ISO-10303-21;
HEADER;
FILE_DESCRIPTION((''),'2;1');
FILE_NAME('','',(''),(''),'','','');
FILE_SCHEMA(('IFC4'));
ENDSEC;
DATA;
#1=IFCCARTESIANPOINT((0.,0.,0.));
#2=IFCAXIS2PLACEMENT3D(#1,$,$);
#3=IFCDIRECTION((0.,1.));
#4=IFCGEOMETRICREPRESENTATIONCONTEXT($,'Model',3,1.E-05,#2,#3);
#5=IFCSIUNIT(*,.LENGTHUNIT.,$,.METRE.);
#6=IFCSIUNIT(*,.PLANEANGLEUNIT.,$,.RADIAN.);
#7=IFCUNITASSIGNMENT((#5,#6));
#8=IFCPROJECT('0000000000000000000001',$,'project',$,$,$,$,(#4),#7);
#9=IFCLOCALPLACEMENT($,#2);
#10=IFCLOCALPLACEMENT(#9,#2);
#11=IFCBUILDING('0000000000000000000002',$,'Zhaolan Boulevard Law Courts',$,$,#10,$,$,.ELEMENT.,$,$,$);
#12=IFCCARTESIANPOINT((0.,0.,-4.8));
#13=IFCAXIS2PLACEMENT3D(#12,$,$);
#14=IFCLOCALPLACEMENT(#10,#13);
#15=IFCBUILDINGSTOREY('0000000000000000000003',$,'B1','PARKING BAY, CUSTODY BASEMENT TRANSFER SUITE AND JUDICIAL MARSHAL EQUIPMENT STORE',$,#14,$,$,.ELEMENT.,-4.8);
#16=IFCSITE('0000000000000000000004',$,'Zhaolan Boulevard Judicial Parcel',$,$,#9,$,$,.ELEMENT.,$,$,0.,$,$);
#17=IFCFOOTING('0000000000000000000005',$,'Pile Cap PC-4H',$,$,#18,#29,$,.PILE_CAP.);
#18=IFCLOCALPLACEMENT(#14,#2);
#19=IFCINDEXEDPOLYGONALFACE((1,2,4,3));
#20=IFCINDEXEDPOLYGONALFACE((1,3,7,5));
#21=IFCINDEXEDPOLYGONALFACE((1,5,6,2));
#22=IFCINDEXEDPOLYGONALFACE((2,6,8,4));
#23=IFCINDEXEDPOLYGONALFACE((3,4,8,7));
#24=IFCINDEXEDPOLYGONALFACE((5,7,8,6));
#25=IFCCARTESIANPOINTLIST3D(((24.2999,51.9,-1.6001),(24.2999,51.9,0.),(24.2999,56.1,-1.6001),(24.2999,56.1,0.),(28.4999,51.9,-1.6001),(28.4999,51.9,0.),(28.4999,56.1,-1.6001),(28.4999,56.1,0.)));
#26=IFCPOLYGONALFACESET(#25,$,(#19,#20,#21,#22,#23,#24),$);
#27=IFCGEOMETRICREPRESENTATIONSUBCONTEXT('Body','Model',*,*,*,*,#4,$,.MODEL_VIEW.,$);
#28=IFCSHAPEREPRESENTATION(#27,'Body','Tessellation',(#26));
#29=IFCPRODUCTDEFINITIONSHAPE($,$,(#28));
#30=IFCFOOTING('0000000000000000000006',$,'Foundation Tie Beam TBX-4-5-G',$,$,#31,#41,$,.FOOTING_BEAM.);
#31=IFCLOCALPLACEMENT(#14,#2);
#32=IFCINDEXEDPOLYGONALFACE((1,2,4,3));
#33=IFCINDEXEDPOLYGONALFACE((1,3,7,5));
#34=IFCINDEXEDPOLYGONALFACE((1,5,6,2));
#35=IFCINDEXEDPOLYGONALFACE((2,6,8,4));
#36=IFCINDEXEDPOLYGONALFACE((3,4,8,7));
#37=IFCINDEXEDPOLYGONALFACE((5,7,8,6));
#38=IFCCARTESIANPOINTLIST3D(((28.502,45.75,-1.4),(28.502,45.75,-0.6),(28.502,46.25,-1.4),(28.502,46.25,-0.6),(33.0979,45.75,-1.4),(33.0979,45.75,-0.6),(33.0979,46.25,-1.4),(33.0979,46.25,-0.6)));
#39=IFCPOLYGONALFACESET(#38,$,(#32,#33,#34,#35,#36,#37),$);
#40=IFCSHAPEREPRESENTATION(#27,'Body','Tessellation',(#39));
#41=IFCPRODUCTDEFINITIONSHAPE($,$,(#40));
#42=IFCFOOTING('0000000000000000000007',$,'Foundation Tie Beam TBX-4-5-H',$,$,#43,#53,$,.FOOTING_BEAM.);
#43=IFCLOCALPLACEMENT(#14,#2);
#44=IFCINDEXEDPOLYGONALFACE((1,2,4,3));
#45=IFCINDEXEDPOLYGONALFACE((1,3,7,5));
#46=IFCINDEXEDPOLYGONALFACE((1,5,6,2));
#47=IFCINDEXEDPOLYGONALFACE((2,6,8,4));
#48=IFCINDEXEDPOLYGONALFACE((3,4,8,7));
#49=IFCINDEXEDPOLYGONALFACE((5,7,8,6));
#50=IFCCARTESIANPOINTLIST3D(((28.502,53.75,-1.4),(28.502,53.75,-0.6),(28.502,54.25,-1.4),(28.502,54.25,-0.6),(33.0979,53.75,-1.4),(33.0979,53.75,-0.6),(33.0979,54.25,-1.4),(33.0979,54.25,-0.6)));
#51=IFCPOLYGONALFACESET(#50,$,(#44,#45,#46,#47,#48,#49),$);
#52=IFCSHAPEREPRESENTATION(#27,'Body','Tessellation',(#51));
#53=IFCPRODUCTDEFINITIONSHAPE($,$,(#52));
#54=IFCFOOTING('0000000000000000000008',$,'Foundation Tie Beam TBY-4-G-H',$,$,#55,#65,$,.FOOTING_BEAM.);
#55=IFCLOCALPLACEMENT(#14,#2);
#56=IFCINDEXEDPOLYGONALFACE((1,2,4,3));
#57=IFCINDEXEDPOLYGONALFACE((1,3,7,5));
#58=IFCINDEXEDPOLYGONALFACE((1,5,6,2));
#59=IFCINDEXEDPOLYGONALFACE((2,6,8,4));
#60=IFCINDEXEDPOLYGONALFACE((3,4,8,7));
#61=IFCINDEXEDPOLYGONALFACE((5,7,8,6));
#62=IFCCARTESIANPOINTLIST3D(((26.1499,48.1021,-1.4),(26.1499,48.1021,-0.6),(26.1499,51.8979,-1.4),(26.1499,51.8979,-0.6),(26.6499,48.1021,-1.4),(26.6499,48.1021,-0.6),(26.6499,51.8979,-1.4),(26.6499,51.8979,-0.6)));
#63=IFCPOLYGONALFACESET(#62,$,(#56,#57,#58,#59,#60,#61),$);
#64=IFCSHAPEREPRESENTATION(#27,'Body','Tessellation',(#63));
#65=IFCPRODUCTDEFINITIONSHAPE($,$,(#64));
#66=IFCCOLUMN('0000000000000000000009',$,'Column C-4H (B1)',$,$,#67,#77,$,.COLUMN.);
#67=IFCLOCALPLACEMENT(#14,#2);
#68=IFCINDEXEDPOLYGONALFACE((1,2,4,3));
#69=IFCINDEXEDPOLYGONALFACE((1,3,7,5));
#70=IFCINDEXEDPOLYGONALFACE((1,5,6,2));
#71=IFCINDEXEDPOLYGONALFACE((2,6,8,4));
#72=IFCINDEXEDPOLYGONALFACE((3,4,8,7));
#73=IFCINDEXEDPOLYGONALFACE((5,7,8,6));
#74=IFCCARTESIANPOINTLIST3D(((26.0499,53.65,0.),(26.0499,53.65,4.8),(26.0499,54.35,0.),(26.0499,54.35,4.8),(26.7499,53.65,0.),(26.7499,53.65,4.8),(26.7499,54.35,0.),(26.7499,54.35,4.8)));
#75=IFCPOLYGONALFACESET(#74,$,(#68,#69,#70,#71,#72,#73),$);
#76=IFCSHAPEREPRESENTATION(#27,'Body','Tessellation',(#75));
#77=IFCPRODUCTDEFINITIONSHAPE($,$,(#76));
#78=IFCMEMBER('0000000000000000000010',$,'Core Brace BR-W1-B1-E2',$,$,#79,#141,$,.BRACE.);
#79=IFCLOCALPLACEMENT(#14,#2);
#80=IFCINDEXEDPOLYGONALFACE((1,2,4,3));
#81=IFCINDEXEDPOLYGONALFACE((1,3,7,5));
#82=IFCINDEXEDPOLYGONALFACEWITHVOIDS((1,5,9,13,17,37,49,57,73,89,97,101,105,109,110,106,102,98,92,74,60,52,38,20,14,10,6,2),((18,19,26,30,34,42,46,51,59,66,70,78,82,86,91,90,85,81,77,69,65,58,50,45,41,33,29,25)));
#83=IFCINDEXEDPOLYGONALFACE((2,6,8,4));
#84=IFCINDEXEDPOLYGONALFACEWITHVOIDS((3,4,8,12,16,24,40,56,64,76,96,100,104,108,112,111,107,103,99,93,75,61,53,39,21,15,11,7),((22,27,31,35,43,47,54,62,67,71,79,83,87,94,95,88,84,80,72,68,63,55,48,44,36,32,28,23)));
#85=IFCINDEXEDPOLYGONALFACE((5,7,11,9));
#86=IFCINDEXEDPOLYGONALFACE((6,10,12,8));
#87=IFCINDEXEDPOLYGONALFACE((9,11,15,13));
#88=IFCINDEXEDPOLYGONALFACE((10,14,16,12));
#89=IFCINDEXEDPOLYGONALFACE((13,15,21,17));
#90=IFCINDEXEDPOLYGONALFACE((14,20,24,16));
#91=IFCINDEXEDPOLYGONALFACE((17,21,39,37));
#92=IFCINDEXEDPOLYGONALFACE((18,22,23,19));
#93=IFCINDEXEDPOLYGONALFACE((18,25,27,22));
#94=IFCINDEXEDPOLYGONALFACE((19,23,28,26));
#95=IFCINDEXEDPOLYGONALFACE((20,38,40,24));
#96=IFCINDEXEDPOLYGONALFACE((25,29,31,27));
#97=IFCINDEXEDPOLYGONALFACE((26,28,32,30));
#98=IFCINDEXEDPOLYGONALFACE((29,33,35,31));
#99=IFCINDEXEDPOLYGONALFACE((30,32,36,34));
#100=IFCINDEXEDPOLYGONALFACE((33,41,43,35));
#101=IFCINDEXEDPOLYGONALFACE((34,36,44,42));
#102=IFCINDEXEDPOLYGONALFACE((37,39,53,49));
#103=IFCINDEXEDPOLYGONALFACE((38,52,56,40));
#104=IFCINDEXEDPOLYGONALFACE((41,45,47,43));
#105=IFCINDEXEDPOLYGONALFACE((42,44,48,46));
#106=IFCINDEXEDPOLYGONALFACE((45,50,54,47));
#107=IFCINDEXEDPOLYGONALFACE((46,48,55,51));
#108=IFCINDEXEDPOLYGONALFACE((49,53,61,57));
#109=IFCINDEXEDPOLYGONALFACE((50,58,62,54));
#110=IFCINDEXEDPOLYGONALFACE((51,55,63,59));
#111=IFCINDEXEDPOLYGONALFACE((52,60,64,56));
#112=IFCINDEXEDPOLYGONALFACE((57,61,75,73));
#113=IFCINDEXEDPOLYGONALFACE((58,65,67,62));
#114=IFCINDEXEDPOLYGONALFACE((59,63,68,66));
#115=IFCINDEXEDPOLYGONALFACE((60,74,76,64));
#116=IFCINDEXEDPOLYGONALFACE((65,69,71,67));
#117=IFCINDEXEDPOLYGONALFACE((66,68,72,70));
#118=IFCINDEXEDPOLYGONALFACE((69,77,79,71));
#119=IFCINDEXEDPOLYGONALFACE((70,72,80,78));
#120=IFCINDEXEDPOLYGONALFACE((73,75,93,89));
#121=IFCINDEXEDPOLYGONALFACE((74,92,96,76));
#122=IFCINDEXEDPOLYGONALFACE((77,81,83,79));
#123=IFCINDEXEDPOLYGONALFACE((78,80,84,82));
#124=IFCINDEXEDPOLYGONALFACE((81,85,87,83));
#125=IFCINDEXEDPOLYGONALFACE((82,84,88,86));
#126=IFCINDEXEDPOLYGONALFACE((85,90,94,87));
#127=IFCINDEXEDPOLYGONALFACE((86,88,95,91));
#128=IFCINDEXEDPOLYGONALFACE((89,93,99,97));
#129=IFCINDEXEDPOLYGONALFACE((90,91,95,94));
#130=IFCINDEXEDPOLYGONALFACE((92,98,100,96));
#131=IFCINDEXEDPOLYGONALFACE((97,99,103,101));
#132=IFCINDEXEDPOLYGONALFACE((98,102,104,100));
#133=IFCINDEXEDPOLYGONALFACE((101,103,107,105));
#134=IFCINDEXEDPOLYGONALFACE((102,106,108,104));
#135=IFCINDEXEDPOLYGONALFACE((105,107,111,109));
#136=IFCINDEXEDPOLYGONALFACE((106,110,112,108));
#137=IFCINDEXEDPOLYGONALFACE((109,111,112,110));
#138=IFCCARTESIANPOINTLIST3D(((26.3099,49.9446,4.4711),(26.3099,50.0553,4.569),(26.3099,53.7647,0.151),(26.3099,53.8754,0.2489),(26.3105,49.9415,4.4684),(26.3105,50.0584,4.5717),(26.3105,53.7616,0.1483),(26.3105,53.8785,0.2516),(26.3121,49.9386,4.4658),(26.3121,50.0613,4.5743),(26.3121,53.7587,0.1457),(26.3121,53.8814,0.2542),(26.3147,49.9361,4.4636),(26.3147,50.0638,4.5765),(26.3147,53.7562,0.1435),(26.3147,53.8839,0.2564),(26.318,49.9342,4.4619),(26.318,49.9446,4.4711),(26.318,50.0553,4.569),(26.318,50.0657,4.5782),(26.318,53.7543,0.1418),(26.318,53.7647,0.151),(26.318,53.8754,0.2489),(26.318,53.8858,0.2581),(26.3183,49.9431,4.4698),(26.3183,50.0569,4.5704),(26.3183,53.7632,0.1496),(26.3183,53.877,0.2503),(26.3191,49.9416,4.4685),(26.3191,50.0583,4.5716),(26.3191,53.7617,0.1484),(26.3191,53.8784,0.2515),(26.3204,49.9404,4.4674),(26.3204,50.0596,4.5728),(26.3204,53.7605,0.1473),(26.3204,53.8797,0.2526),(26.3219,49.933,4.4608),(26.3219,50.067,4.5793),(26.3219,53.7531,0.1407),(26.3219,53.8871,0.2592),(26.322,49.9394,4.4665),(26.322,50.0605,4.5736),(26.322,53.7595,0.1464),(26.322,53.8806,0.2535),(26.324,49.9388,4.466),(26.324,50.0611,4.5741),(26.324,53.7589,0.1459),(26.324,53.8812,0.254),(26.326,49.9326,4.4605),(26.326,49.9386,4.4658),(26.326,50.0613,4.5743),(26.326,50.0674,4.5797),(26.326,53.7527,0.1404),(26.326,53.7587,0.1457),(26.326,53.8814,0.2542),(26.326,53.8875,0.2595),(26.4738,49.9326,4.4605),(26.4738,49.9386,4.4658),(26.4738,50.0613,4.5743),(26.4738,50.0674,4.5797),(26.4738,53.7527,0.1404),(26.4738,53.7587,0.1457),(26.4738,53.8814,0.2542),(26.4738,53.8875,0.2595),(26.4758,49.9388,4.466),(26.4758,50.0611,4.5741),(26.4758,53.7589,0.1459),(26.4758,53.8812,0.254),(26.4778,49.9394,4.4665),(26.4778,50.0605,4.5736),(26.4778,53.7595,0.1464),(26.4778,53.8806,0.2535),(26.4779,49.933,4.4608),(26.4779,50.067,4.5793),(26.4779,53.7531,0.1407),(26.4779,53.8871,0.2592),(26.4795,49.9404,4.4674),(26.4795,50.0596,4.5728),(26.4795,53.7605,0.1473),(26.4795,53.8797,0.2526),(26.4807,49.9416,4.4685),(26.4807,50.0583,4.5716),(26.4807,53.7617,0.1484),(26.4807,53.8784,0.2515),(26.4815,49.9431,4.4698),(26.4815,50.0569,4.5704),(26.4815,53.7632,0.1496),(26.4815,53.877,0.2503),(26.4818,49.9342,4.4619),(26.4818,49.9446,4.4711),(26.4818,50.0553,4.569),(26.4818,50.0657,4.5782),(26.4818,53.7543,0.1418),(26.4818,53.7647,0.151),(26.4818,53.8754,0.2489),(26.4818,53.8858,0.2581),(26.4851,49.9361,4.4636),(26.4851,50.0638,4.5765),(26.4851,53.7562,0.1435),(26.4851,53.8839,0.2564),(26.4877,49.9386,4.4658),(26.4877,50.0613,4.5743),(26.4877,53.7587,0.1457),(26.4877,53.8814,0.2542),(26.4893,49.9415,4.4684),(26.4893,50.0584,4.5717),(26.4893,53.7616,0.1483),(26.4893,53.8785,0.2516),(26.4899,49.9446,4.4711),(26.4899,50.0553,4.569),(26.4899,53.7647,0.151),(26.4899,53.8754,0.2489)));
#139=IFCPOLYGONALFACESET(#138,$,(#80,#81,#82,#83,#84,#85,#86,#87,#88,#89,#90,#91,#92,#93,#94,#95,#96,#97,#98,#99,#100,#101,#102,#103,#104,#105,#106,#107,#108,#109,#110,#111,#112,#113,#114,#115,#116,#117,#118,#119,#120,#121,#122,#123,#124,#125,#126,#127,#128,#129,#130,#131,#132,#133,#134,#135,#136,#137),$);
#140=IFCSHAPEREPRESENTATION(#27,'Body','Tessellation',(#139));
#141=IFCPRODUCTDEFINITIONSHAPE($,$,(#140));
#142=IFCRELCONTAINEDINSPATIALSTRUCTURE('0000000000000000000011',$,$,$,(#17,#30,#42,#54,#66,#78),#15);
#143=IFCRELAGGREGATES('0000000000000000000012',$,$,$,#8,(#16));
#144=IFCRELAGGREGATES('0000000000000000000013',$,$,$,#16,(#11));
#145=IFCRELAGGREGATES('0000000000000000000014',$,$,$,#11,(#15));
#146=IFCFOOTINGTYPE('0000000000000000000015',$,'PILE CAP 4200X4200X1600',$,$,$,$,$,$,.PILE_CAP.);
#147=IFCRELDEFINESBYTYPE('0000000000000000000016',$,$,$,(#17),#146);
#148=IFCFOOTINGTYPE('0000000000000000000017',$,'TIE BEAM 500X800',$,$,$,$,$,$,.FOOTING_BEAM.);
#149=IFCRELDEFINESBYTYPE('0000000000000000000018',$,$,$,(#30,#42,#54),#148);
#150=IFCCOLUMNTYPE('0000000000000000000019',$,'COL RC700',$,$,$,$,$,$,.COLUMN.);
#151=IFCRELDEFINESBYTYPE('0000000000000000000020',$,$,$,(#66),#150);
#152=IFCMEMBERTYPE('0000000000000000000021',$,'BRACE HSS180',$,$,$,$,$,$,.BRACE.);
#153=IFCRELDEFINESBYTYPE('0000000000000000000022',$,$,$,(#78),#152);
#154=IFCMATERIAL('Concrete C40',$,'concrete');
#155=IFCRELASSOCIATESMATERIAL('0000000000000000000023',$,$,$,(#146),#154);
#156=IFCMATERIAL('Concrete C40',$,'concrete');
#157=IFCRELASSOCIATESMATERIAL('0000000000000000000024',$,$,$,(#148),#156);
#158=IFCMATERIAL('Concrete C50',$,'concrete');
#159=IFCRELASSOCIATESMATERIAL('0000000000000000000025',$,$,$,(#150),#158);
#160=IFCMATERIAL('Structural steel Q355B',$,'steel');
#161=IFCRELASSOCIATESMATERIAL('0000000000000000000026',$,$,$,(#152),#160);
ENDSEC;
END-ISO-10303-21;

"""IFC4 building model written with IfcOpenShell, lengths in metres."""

from ifc_helpers import new_model, si_unit, direction, frame, origin, origin_2d, place, context, subcontext, project, spatial, rectangle, hollow_rectangle, extrude, material, material_profile, profile_set, type_object, element, save


model = new_model("IFC4")

# Units and contexts
model_context = context("Model", 3, precision=1e-05, world=origin(), true_north=direction((0.0, 1.0)))
body_context = subcontext(model_context, "Body", "Model", "MODEL_VIEW")
ifc_project = project(units=[si_unit("LENGTHUNIT", "METRE"), si_unit("PLANEANGLEUNIT", "RADIAN")], contexts=[model_context])

# Site, building, storey
site_placement = place(None, origin())
site = spatial("IfcSite", under=ifc_project, at=site_placement, Name="Zhaolan Boulevard Judicial Parcel", CompositionType="ELEMENT", RefElevation=0.0)
building_placement = place(site_placement, origin())
building = spatial("IfcBuilding", under=site, at=building_placement, Name="Zhaolan Boulevard Law Courts", CompositionType="ELEMENT")
storey_placement = place(building_placement, frame((0.0, 0.0, -4.8)))
storey = spatial("IfcBuildingStorey", under=building, at=storey_placement, Name="B1", Description="PARKING BAY, CUSTODY BASEMENT TRANSFER SUITE AND JUDICIAL MARSHAL EQUIPMENT STORE", CompositionType="ELEMENT", Elevation=-4.8)

# Footings
ifc_material_1 = material(Name="Concrete C40", Category="concrete")
footing_type_1 = type_object("IfcFootingType", Name="PILE CAP 4200X4200X1600", PredefinedType="PILE_CAP", material=ifc_material_1)
footing_1_placement = place(storey_placement, frame((26.3999, 54.0, -1.6001), z_axis=(0.0, 0.0, 1.0), x_axis=(1.0, 0.0, 0.0)))
element("IfcFooting", 1, at=footing_1_placement, inside=storey, type_object=footing_type_1, Name="Pile Cap PC-4H", PredefinedType="PILE_CAP", context=body_context, shape_type="SweptSolid", body=[
    extrude(rectangle(XDim=4.2, YDim=4.2, at=origin_2d()), origin(), (0.0, 0.0, 1.0), 1.6001),
])
ifc_material_2 = material(Name="Concrete C40", Category="concrete")
ifc_material_profile_1 = material_profile(ifc_material_2, rectangle(XDim=0.5, YDim=0.8, at=origin_2d()), Name="RC500x800")
ifc_profile_set_1 = profile_set([ifc_material_profile_1], Name="Concrete C40")
footing_type_2 = type_object("IfcFootingType", Name="TIE BEAM 500X800", PredefinedType="FOOTING_BEAM", material=ifc_profile_set_1)
for number, where, z_axis, x_axis, name in (
    (2, (28.502, 46.0, -1.0), (1.0, 0.0, 0.0), (0.0, 1.0, 0.0), "Foundation Tie Beam TBX-4-5-G"),
    (3, (28.502, 54.0, -1.0), (1.0, 0.0, 0.0), (0.0, 1.0, 0.0), "Foundation Tie Beam TBX-4-5-H"),
):
    element("IfcFooting", number, at=place(storey_placement, frame(where, z_axis=z_axis, x_axis=x_axis)), inside=storey, type_object=footing_type_2, Name=name, PredefinedType="FOOTING_BEAM", context=body_context, shape_type="SweptSolid", body=[
        extrude(rectangle(XDim=0.5, YDim=0.8, at=origin_2d()), origin(), (0.0, 0.0, 1.0), 4.5959),
    ])
footing_2_placement = place(storey_placement, frame((26.3999, 48.1021, -1.0), z_axis=(0.0, 1.0, 0.0), x_axis=(-1.0, 0.0, 0.0)))
element("IfcFooting", 4, at=footing_2_placement, inside=storey, type_object=footing_type_2, Name="Foundation Tie Beam TBY-4-G-H", PredefinedType="FOOTING_BEAM", context=body_context, shape_type="SweptSolid", body=[
    extrude(rectangle(XDim=0.5, YDim=0.8, at=origin_2d()), origin(), (0.0, 0.0, 1.0), 3.7959),
])

# Column
ifc_material_3 = material(Name="Concrete C50", Category="concrete")
ifc_material_profile_2 = material_profile(ifc_material_3, rectangle(XDim=0.7, YDim=0.7, at=origin_2d()), Name="RC700x700")
ifc_profile_set_2 = profile_set([ifc_material_profile_2], Name="Concrete C50")
column_type = type_object("IfcColumnType", Name="COL RC700", PredefinedType="COLUMN", material=ifc_profile_set_2)
column_placement = place(storey_placement, frame((26.3999, 54.0, 0.0), z_axis=(0.0, 0.0, 1.0), x_axis=(1.0, 0.0, 0.0)))
element("IfcColumn", 5, at=column_placement, inside=storey, type_object=column_type, Name="Column C-4H (B1)", PredefinedType="COLUMN", context=body_context, shape_type="SweptSolid", body=[
    extrude(rectangle(XDim=0.7, YDim=0.7, at=origin_2d()), origin(), (0.0, 0.0, 1.0), 4.8),
])

# Member
ifc_material_4 = material(Name="Structural steel Q355B", Category="steel")
ifc_material_profile_3 = material_profile(ifc_material_4, hollow_rectangle(XDim=0.1799, YDim=0.1799, WallThickness=0.0081, InnerFilletRadius=0.0081, OuterFilletRadius=0.0161, at=origin_2d()), Name="HSS180x180x8")
ifc_profile_set_3 = profile_set([ifc_material_profile_3], Name="Structural steel Q355B")
member_type_1 = type_object("IfcMemberType", Name="BRACE HSS180", PredefinedType="BRACE", material=ifc_profile_set_3)
member_1_placement = place(storey_placement, frame((26.3999, 53.8201, 0.2), z_axis=(0.0, -0.662425, 0.749128), x_axis=(1.0, 0.0, 0.0)))
element("IfcMember", 6, at=member_1_placement, inside=storey, type_object=member_type_1, Name="Core Brace BR-W1-B1-E2", PredefinedType="BRACE", context=body_context, shape_type="SweptSolid", body=[
    extrude(hollow_rectangle(XDim=0.1799, YDim=0.1799, WallThickness=0.0081, InnerFilletRadius=0.0081, OuterFilletRadius=0.0161, at=origin_2d()), origin(), (0.0, 0.0, 1.0), 5.7668),
])

save(model, "model.ifc")
